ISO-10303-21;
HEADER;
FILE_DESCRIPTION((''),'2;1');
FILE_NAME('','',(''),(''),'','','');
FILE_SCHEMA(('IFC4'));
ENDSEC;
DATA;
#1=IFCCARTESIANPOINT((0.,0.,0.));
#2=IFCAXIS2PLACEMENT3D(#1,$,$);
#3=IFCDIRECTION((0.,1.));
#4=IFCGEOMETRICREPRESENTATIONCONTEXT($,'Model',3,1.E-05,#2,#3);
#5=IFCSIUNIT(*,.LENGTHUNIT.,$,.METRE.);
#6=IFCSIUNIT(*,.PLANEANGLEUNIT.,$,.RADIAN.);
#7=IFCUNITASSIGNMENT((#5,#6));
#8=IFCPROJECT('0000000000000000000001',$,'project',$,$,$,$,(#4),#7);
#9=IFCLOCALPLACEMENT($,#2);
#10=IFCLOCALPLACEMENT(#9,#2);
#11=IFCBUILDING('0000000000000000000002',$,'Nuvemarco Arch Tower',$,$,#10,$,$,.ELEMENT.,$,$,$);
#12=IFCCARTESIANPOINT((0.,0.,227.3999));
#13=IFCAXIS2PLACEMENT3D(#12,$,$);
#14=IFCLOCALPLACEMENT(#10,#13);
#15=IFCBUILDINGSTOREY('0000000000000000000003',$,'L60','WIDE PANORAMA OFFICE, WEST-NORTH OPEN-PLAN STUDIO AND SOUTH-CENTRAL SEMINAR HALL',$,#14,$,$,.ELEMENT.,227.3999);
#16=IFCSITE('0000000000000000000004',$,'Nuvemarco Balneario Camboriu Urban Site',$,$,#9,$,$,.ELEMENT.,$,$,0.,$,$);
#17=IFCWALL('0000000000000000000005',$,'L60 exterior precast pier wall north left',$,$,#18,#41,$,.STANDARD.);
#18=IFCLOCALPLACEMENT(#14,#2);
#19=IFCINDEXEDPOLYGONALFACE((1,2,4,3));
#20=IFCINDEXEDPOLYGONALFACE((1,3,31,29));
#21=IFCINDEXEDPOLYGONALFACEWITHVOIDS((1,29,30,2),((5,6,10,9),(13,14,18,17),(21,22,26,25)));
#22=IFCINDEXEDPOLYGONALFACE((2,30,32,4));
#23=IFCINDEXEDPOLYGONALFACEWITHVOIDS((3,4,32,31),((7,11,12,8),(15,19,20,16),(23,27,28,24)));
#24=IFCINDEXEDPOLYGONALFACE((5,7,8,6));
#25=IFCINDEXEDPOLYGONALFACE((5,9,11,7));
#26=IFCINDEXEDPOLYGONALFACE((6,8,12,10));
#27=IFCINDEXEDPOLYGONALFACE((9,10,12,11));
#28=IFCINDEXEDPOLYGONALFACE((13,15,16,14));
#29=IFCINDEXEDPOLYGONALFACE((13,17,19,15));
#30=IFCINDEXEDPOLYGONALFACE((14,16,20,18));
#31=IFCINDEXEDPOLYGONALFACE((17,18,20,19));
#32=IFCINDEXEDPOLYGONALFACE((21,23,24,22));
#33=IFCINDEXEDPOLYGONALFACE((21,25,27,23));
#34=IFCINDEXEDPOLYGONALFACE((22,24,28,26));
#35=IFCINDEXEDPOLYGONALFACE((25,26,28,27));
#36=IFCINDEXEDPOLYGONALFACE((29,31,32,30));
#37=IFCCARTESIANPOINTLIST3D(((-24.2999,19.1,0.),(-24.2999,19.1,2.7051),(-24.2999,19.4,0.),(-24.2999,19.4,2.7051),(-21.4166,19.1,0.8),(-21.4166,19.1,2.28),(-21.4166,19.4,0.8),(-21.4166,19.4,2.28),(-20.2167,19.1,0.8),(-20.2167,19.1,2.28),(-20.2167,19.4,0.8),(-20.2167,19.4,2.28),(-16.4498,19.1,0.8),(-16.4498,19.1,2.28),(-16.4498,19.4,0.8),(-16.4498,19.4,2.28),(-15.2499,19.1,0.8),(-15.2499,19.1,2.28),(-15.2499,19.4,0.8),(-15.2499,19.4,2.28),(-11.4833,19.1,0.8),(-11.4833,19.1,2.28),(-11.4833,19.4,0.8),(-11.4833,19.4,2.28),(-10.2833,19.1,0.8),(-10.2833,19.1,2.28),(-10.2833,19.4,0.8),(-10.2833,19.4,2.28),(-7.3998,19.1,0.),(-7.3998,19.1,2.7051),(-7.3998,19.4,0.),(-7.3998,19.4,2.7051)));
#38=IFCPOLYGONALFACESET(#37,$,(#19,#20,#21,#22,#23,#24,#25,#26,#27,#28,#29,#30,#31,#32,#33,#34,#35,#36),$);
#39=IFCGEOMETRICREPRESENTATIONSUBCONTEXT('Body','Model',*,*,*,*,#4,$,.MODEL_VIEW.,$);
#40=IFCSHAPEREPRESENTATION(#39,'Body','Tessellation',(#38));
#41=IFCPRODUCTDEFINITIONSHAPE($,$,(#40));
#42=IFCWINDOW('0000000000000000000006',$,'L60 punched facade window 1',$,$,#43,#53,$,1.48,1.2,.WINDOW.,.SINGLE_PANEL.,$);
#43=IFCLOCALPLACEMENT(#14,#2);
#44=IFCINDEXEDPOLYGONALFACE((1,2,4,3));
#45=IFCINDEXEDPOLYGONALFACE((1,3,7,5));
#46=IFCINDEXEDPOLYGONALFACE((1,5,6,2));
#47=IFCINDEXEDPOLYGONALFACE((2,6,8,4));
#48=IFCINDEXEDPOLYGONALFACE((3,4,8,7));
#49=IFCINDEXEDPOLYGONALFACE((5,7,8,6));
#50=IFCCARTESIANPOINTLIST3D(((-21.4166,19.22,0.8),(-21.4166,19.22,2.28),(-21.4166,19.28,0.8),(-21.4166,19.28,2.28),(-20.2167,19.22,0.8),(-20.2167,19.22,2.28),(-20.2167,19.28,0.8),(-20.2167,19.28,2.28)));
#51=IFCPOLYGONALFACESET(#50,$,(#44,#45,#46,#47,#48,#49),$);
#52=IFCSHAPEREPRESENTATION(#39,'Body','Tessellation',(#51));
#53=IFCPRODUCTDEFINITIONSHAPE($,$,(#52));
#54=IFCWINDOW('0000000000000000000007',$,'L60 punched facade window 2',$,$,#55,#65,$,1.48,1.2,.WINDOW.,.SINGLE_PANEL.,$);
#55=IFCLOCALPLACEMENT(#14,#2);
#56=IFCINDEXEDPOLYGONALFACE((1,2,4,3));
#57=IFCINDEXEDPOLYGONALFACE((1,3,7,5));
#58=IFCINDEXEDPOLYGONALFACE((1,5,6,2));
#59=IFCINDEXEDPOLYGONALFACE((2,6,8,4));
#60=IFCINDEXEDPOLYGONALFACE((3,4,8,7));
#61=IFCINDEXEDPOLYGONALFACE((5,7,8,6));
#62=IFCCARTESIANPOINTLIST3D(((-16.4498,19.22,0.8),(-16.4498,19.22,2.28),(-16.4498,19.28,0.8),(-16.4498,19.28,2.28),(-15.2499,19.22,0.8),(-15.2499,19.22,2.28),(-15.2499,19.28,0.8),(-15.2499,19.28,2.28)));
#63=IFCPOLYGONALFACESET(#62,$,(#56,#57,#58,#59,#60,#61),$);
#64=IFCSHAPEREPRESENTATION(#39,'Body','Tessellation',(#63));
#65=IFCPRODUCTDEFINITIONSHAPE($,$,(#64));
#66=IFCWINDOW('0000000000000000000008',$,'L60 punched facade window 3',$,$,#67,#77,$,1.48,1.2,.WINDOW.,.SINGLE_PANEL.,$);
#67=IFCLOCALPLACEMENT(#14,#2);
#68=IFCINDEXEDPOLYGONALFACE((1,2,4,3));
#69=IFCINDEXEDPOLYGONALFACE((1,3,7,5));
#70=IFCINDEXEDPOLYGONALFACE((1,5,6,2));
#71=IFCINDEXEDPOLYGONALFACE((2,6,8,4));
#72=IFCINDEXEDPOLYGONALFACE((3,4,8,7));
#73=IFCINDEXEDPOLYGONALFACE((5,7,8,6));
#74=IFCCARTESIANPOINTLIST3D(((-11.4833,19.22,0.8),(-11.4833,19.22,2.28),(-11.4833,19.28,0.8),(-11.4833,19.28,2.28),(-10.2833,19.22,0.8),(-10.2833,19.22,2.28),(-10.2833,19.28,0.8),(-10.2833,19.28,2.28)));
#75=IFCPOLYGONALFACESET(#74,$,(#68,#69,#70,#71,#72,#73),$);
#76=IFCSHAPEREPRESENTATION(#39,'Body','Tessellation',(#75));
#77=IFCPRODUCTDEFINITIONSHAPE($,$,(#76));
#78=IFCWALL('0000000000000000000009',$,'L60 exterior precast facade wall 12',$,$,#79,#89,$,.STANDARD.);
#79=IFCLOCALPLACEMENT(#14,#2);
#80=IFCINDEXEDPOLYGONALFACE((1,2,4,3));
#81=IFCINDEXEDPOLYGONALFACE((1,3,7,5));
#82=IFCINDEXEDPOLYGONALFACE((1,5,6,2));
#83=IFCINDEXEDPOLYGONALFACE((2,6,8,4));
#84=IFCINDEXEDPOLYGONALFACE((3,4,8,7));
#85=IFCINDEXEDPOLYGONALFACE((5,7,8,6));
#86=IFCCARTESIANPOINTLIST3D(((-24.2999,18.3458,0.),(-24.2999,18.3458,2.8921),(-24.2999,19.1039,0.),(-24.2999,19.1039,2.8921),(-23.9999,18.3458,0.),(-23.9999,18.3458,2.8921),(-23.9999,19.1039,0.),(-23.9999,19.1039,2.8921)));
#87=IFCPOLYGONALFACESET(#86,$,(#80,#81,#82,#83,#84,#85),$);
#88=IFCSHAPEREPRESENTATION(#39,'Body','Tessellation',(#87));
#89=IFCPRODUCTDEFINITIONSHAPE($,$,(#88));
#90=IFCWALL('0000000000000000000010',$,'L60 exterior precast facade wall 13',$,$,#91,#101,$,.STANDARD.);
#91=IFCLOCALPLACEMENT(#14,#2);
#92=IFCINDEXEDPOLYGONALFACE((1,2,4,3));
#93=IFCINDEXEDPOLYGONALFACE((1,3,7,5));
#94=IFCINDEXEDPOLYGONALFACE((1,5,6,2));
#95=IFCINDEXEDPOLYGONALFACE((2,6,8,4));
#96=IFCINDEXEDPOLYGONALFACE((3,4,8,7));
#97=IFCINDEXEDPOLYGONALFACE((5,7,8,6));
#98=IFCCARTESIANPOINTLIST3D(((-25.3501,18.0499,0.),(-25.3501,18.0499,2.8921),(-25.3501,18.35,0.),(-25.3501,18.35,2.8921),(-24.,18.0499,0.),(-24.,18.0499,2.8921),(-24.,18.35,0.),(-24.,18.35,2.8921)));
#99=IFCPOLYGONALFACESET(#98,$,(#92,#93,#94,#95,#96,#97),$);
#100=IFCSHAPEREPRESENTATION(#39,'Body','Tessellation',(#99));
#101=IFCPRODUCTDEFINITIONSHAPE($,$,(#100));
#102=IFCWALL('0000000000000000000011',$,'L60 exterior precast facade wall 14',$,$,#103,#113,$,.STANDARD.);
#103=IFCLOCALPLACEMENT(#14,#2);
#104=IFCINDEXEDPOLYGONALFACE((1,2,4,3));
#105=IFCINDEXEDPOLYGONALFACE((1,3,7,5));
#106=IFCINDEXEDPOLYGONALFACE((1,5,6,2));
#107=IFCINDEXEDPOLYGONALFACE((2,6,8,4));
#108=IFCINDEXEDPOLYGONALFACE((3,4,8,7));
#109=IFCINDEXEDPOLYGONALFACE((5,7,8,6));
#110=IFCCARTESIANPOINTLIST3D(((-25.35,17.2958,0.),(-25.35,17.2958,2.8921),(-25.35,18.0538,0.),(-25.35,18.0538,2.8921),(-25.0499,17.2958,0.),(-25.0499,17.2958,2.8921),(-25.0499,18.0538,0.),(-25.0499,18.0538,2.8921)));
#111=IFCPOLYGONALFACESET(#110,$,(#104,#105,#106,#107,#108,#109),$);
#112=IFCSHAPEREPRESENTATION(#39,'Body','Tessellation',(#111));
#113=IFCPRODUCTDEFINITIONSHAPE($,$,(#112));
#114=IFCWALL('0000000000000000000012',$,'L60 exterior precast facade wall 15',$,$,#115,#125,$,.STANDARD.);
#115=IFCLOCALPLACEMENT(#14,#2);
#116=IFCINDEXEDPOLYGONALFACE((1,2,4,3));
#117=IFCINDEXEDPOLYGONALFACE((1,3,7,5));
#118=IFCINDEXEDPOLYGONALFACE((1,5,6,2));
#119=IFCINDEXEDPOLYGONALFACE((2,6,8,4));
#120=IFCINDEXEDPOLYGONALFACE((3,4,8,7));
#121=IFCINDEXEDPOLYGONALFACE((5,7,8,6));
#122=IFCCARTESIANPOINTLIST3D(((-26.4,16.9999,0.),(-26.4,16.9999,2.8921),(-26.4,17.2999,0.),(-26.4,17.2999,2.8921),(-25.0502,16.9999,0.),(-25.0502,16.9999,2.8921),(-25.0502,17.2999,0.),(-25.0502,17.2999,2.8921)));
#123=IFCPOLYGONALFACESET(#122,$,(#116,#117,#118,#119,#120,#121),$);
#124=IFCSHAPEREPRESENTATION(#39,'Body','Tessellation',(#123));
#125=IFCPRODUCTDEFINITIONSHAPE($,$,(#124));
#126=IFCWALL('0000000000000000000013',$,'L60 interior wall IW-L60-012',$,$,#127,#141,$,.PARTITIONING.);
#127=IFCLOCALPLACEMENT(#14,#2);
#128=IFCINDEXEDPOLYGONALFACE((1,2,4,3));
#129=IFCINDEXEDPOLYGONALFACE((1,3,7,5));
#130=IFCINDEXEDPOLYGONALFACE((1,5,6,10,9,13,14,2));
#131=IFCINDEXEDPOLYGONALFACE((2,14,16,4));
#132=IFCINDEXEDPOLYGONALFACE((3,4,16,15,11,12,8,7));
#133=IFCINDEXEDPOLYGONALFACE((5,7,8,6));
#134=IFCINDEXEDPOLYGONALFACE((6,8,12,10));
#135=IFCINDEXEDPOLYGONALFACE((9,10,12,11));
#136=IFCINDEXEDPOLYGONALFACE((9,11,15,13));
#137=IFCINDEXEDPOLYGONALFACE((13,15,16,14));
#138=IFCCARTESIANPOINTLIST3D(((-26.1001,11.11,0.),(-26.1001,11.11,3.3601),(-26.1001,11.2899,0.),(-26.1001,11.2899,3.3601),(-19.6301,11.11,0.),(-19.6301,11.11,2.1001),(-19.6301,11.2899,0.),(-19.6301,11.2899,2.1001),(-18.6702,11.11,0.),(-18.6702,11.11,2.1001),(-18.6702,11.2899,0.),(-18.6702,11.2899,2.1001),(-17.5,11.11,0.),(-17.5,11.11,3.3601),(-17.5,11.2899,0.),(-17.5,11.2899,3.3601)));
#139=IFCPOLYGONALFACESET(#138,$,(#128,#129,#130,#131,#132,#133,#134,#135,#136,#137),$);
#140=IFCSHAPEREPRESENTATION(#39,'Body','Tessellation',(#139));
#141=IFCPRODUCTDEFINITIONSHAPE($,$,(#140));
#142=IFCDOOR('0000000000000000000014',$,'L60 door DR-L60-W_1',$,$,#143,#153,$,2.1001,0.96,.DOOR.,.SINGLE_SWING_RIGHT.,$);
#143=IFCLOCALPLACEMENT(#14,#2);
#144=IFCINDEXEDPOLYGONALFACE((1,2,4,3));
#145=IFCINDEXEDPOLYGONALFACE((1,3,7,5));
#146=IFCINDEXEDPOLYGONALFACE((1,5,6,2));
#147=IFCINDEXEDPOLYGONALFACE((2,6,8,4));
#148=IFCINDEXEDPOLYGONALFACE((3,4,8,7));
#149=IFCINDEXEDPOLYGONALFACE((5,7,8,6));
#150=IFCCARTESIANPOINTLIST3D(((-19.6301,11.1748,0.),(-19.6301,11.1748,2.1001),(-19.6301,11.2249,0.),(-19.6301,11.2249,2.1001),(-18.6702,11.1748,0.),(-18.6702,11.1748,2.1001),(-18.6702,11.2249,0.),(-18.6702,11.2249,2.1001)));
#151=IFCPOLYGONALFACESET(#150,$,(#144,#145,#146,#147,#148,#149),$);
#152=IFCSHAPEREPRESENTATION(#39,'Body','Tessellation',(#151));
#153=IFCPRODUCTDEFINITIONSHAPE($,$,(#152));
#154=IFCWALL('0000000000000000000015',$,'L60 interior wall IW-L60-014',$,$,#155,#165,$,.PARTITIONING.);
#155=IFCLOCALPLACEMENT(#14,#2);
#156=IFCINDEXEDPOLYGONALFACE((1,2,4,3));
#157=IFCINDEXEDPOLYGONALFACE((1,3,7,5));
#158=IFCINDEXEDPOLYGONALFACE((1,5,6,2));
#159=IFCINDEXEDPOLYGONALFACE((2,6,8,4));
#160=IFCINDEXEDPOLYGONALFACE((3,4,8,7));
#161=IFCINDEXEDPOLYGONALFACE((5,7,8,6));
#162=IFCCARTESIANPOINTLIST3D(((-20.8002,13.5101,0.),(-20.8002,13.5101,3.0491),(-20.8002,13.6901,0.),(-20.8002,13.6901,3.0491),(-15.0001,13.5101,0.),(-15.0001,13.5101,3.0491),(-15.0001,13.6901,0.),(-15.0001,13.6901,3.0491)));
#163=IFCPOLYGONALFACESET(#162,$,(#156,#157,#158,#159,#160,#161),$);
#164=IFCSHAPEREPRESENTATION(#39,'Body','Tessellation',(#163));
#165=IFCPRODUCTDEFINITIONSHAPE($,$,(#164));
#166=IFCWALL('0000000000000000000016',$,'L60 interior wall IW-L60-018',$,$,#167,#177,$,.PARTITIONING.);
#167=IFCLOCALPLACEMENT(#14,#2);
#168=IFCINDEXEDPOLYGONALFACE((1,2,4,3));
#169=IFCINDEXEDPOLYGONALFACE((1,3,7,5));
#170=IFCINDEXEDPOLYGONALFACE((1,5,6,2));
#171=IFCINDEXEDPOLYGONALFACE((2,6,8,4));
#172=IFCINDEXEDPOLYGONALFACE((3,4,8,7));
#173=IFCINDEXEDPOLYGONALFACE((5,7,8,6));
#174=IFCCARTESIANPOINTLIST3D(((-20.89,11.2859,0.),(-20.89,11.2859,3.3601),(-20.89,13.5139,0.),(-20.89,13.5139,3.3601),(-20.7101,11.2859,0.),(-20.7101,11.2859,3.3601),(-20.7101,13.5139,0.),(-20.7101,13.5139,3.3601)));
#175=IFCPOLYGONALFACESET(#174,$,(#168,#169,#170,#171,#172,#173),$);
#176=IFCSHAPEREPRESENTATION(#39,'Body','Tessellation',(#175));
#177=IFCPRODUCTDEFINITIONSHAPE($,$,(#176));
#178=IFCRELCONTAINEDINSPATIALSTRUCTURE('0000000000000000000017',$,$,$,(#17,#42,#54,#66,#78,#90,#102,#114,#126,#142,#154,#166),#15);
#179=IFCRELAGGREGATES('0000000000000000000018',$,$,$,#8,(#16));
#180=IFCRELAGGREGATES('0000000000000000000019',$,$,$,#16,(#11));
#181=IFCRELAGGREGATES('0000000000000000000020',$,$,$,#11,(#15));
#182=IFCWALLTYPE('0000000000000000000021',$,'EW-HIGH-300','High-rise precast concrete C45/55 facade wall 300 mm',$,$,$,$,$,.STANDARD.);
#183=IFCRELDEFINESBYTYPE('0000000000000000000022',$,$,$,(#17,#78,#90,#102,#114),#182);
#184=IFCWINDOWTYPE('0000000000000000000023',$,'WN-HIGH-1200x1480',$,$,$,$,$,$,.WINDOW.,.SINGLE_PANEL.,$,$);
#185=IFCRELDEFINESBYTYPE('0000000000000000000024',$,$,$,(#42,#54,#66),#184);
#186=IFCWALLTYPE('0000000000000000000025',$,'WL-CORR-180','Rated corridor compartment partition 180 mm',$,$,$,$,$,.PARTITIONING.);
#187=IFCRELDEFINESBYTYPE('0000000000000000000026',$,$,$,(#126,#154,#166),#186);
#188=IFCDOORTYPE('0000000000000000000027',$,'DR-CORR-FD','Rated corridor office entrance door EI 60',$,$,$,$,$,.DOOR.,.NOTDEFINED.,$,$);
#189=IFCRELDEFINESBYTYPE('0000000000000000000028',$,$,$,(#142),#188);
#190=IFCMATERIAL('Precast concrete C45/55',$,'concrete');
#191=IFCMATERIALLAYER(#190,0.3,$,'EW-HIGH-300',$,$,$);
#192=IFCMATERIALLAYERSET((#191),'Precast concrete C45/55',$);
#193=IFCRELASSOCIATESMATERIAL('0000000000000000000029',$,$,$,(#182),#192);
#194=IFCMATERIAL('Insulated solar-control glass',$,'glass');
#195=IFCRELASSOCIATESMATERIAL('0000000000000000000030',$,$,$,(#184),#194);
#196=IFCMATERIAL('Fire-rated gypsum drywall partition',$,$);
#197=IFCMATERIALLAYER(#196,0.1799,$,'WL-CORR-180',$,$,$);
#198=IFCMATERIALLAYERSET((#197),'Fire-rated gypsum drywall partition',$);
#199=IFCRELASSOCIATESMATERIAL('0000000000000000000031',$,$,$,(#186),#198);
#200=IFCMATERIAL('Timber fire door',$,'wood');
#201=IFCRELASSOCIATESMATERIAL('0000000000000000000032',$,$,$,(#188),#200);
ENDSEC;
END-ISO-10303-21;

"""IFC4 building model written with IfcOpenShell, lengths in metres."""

from ifc_helpers import new_model, si_unit, direction, frame, frame_2d, origin, place, context, subcontext, project, spatial, rectangle, extrude, source, transform, mapped, material, layer, layer_set, type_object, type_shapes, element, fill, save


model = new_model("IFC4")

# Units and contexts
model_context = context("Model", 3, precision=1e-05, world=origin(), true_north=direction((0.0, 1.0)))
body_context = subcontext(model_context, "Body", "Model", "MODEL_VIEW")
ifc_project = project(units=[si_unit("LENGTHUNIT", "METRE"), si_unit("PLANEANGLEUNIT", "RADIAN")], contexts=[model_context])

# Site, building, storey
site_placement = place(None, origin())
site = spatial("IfcSite", under=ifc_project, at=site_placement, Name="Nuvemarco Balneario Camboriu Urban Site", CompositionType="ELEMENT", RefElevation=0.0)
building_placement = place(site_placement, origin())
building = spatial("IfcBuilding", under=site, at=building_placement, Name="Nuvemarco Arch Tower", CompositionType="ELEMENT")
storey_placement = place(building_placement, frame((0.0, 0.0, 227.3999)))
storey = spatial("IfcBuildingStorey", under=building, at=storey_placement, Name="L60", Description="WIDE PANORAMA OFFICE, WEST-NORTH OPEN-PLAN STUDIO AND SOUTH-CENTRAL SEMINAR HALL", CompositionType="ELEMENT", Elevation=227.3999)

# Wall, openings, windows
ifc_material_1 = material(Name="Precast concrete C45/55", Category="concrete")
ifc_layer_1 = layer(ifc_material_1, 0.3, Name="EW-HIGH-300")
ifc_layer_set_1 = layer_set([ifc_layer_1], Name="Precast concrete C45/55")
wall_type_1 = type_object("IfcWallType", Name="EW-HIGH-300", Description="High-rise precast concrete C45/55 facade wall 300 mm", PredefinedType="STANDARD", material=ifc_layer_set_1)
wall_1_placement = place(storey_placement, frame((-24.3, 19.25, 0.0), z_axis=(0.0, 0.0, 1.0), x_axis=(1.0, 0.0, 0.0)))
wall_1 = element("IfcWall", 1, at=wall_1_placement, inside=storey, type_object=wall_type_1, Name="L60 exterior precast pier wall north left", PredefinedType="STANDARD", context=body_context, shape_type="SweptSolid", body=[
    extrude(rectangle(XDim=16.9001, YDim=0.3, at=frame_2d((8.4502, 0.0))), origin(), (0.0, 0.0, 1.0), 2.7051),
])
opening_1_placement = place(wall_1_placement, frame((2.8833, 0.0, 0.8)))
opening_1 = element("IfcOpeningElement", 2, at=opening_1_placement, cuts=wall_1, PredefinedType="OPENING", context=body_context, shape_type="SweptSolid", body=[
    extrude(rectangle(XDim=1.2, YDim=1.48, at=frame_2d((0.6001, 0.74))), frame((0.0, 0.1599, 0.0), z_axis=(0.0, -1.0, 0.0), x_axis=(1.0, 0.0, 0.0)), (0.0, 0.0, 1.0), 0.3201),
])
opening_2_placement = place(wall_1_placement, frame((7.8501, 0.0, 0.8)))
opening_2 = element("IfcOpeningElement", 3, at=opening_2_placement, cuts=wall_1, PredefinedType="OPENING", context=body_context, shape_type="SweptSolid", body=[
    extrude(rectangle(XDim=1.2, YDim=1.48, at=frame_2d((0.6001, 0.74))), frame((0.0, 0.1599, 0.0), z_axis=(0.0, -1.0, 0.0), x_axis=(1.0, 0.0, 0.0)), (0.0, 0.0, 1.0), 0.3201),
])
opening_3_placement = place(wall_1_placement, frame((12.8167, 0.0, 0.8)))
opening_3 = element("IfcOpeningElement", 4, at=opening_3_placement, cuts=wall_1, PredefinedType="OPENING", context=body_context, shape_type="SweptSolid", body=[
    extrude(rectangle(XDim=1.2, YDim=1.48, at=frame_2d((0.6001, 0.74))), frame((0.0, 0.1599, 0.0), z_axis=(0.0, -1.0, 0.0), x_axis=(1.0, 0.0, 0.0)), (0.0, 0.0, 1.0), 0.3201),
])
ifc_material_2 = material(Name="Insulated solar-control glass", Category="glass")
window_type = type_object("IfcWindowType", Name="WN-HIGH-1200x1480", PartitioningType="SINGLE_PANEL", PredefinedType="WINDOW", material=ifc_material_2)
shared_shape_1 = source(origin(), body_context, "Body", "SweptSolid", [
    extrude(rectangle(XDim=1.2, YDim=1.48, at=frame_2d((0.6001, 0.74))), frame((0.0, 0.03, 0.0), z_axis=(0.0, -1.0, 0.0), x_axis=(1.0, 0.0, 0.0)), (0.0, 0.0, 1.0), 0.0601),
])
type_shapes(window_type, [shared_shape_1])
window_1_placement = place(opening_1_placement, origin())
window_1 = element("IfcWindow", 5, at=window_1_placement, inside=storey, type_object=window_type, Name="L60 punched facade window 1", OverallHeight=1.48, OverallWidth=1.2, PartitioningType="SINGLE_PANEL", PredefinedType="WINDOW", context=body_context, shape_type="MappedRepresentation", body=[
    mapped(shared_shape_1, transform((0.0, 0.0, 0.0), scale=1.0)),
])
fill(opening_1, window_1)
window_2_placement = place(opening_2_placement, origin())
window_2 = element("IfcWindow", 6, at=window_2_placement, inside=storey, type_object=window_type, Name="L60 punched facade window 2", OverallHeight=1.48, OverallWidth=1.2, PartitioningType="SINGLE_PANEL", PredefinedType="WINDOW", context=body_context, shape_type="MappedRepresentation", body=[
    mapped(shared_shape_1, transform((0.0, 0.0, 0.0), scale=1.0)),
])
fill(opening_2, window_2)
window_3_placement = place(opening_3_placement, origin())
window_3 = element("IfcWindow", 7, at=window_3_placement, inside=storey, type_object=window_type, Name="L60 punched facade window 3", OverallHeight=1.48, OverallWidth=1.2, PartitioningType="SINGLE_PANEL", PredefinedType="WINDOW", context=body_context, shape_type="MappedRepresentation", body=[
    mapped(shared_shape_1, transform((0.0, 0.0, 0.0), scale=1.0)),
])
fill(opening_3, window_3)

# Walls
wall_2_placement = place(storey_placement, frame((-24.1499, 18.3459, 0.0), z_axis=(0.0, 0.0, 1.0), x_axis=(0.0, 1.0, 0.0)))
element("IfcWall", 8, at=wall_2_placement, inside=storey, type_object=wall_type_1, Name="L60 exterior precast facade wall 12", PredefinedType="STANDARD", context=body_context, shape_type="SweptSolid", body=[
    extrude(rectangle(XDim=0.7581, YDim=0.3, at=frame_2d((0.3789, 0.0))), origin(), (0.0, 0.0, 1.0), 2.8921),
])
wall_3_placement = place(storey_placement, frame((-25.3501, 18.2, 0.0), z_axis=(0.0, 0.0, 1.0), x_axis=(1.0, 0.0, 0.0)))
element("IfcWall", 9, at=wall_3_placement, inside=storey, type_object=wall_type_1, Name="L60 exterior precast facade wall 13", PredefinedType="STANDARD", context=body_context, shape_type="SweptSolid", body=[
    extrude(rectangle(XDim=1.3501, YDim=0.3, at=frame_2d((0.675, 0.0))), origin(), (0.0, 0.0, 1.0), 2.8921),
])
wall_4_placement = place(storey_placement, frame((-25.2, 17.2959, 0.0), z_axis=(0.0, 0.0, 1.0), x_axis=(0.0, 1.0, 0.0)))
element("IfcWall", 10, at=wall_4_placement, inside=storey, type_object=wall_type_1, Name="L60 exterior precast facade wall 14", PredefinedType="STANDARD", context=body_context, shape_type="SweptSolid", body=[
    extrude(rectangle(XDim=0.7581, YDim=0.3, at=frame_2d((0.3789, 0.0))), origin(), (0.0, 0.0, 1.0), 2.8921),
])
wall_5_placement = place(storey_placement, frame((-26.3999, 17.1499, 0.0), z_axis=(0.0, 0.0, 1.0), x_axis=(1.0, 0.0, 0.0)))
element("IfcWall", 11, at=wall_5_placement, inside=storey, type_object=wall_type_1, Name="L60 exterior precast facade wall 15", PredefinedType="STANDARD", context=body_context, shape_type="SweptSolid", body=[
    extrude(rectangle(XDim=1.3499, YDim=0.3, at=frame_2d((0.6748, 0.0))), origin(), (0.0, 0.0, 1.0), 2.8921),
])

# Wall, opening, door
ifc_material_3 = material(Name="Fire-rated gypsum drywall partition")
ifc_layer_2 = layer(ifc_material_3, 0.1799, Name="WL-CORR-180")
ifc_layer_set_2 = layer_set([ifc_layer_2], Name="Fire-rated gypsum drywall partition")
wall_type_2 = type_object("IfcWallType", Name="WL-CORR-180", Description="Rated corridor compartment partition 180 mm", PredefinedType="PARTITIONING", material=ifc_layer_set_2)
wall_6_placement = place(storey_placement, frame((-26.1001, 11.2, 0.0), z_axis=(0.0, 0.0, 1.0), x_axis=(1.0, 0.0, 0.0)))
wall_6 = element("IfcWall", 12, at=wall_6_placement, inside=storey, type_object=wall_type_2, Name="L60 interior wall IW-L60-012", PredefinedType="PARTITIONING", context=body_context, shape_type="SweptSolid", body=[
    extrude(rectangle(XDim=8.6001, YDim=0.1799, at=frame_2d((4.3, 0.0))), origin(), (0.0, 0.0, 1.0), 3.3601),
])
opening_4_placement = place(wall_6_placement, frame((6.47, 0.0, 0.0)))
opening_4 = element("IfcOpeningElement", 13, at=opening_4_placement, cuts=wall_6, PredefinedType="OPENING", context=body_context, shape_type="SweptSolid", body=[
    extrude(rectangle(XDim=0.96, YDim=2.1001, at=frame_2d((0.48, 1.05))), frame((0.0, 0.0999, 0.0), z_axis=(0.0, -1.0, 0.0), x_axis=(1.0, 0.0, 0.0)), (0.0, 0.0, 1.0), 0.2),
])
ifc_material_4 = material(Name="Timber fire door", Category="wood")
door_type = type_object("IfcDoorType", Name="DR-CORR-FD", Description="Rated corridor office entrance door EI 60", OperationType="NOTDEFINED", PredefinedType="DOOR", material=ifc_material_4)
shared_shape_2 = source(origin(), body_context, "Body", "SweptSolid", [
    extrude(rectangle(XDim=0.96, YDim=2.1001, at=frame_2d((0.48, 1.05))), frame((0.0, 0.0249, 0.0), z_axis=(0.0, -1.0, 0.0), x_axis=(1.0, 0.0, 0.0)), (0.0, 0.0, 1.0), 0.05),
])
type_shapes(door_type, [shared_shape_2])
door_placement = place(opening_4_placement, origin())
door = element("IfcDoor", 14, at=door_placement, inside=storey, type_object=door_type, Name="L60 door DR-L60-W_1", OperationType="SINGLE_SWING_RIGHT", OverallHeight=2.1001, OverallWidth=0.96, PredefinedType="DOOR", context=body_context, shape_type="MappedRepresentation", body=[
    mapped(shared_shape_2, transform((0.0, 0.0, 0.0), scale=1.0)),
])
fill(opening_4, door)

# Walls
wall_7_placement = place(storey_placement, frame((-20.8, 13.6001, 0.0), z_axis=(0.0, 0.0, 1.0), x_axis=(1.0, 0.0, 0.0)))
element("IfcWall", 15, at=wall_7_placement, inside=storey, type_object=wall_type_2, Name="L60 interior wall IW-L60-014", PredefinedType="PARTITIONING", context=body_context, shape_type="SweptSolid", body=[
    extrude(rectangle(XDim=5.8, YDim=0.1799, at=frame_2d((2.8999, 0.0))), origin(), (0.0, 0.0, 1.0), 3.0491),
])
wall_8_placement = place(storey_placement, frame((-20.8, 11.2859, 0.0), z_axis=(0.0, 0.0, 1.0), x_axis=(0.0, 1.0, 0.0)))
element("IfcWall", 16, at=wall_8_placement, inside=storey, type_object=wall_type_2, Name="L60 interior wall IW-L60-018", PredefinedType="PARTITIONING", context=body_context, shape_type="SweptSolid", body=[
    extrude(rectangle(XDim=2.228, YDim=0.1799, at=frame_2d((1.114, 0.0))), origin(), (0.0, 0.0, 1.0), 3.3601),
])

save(model, "model.ifc")
